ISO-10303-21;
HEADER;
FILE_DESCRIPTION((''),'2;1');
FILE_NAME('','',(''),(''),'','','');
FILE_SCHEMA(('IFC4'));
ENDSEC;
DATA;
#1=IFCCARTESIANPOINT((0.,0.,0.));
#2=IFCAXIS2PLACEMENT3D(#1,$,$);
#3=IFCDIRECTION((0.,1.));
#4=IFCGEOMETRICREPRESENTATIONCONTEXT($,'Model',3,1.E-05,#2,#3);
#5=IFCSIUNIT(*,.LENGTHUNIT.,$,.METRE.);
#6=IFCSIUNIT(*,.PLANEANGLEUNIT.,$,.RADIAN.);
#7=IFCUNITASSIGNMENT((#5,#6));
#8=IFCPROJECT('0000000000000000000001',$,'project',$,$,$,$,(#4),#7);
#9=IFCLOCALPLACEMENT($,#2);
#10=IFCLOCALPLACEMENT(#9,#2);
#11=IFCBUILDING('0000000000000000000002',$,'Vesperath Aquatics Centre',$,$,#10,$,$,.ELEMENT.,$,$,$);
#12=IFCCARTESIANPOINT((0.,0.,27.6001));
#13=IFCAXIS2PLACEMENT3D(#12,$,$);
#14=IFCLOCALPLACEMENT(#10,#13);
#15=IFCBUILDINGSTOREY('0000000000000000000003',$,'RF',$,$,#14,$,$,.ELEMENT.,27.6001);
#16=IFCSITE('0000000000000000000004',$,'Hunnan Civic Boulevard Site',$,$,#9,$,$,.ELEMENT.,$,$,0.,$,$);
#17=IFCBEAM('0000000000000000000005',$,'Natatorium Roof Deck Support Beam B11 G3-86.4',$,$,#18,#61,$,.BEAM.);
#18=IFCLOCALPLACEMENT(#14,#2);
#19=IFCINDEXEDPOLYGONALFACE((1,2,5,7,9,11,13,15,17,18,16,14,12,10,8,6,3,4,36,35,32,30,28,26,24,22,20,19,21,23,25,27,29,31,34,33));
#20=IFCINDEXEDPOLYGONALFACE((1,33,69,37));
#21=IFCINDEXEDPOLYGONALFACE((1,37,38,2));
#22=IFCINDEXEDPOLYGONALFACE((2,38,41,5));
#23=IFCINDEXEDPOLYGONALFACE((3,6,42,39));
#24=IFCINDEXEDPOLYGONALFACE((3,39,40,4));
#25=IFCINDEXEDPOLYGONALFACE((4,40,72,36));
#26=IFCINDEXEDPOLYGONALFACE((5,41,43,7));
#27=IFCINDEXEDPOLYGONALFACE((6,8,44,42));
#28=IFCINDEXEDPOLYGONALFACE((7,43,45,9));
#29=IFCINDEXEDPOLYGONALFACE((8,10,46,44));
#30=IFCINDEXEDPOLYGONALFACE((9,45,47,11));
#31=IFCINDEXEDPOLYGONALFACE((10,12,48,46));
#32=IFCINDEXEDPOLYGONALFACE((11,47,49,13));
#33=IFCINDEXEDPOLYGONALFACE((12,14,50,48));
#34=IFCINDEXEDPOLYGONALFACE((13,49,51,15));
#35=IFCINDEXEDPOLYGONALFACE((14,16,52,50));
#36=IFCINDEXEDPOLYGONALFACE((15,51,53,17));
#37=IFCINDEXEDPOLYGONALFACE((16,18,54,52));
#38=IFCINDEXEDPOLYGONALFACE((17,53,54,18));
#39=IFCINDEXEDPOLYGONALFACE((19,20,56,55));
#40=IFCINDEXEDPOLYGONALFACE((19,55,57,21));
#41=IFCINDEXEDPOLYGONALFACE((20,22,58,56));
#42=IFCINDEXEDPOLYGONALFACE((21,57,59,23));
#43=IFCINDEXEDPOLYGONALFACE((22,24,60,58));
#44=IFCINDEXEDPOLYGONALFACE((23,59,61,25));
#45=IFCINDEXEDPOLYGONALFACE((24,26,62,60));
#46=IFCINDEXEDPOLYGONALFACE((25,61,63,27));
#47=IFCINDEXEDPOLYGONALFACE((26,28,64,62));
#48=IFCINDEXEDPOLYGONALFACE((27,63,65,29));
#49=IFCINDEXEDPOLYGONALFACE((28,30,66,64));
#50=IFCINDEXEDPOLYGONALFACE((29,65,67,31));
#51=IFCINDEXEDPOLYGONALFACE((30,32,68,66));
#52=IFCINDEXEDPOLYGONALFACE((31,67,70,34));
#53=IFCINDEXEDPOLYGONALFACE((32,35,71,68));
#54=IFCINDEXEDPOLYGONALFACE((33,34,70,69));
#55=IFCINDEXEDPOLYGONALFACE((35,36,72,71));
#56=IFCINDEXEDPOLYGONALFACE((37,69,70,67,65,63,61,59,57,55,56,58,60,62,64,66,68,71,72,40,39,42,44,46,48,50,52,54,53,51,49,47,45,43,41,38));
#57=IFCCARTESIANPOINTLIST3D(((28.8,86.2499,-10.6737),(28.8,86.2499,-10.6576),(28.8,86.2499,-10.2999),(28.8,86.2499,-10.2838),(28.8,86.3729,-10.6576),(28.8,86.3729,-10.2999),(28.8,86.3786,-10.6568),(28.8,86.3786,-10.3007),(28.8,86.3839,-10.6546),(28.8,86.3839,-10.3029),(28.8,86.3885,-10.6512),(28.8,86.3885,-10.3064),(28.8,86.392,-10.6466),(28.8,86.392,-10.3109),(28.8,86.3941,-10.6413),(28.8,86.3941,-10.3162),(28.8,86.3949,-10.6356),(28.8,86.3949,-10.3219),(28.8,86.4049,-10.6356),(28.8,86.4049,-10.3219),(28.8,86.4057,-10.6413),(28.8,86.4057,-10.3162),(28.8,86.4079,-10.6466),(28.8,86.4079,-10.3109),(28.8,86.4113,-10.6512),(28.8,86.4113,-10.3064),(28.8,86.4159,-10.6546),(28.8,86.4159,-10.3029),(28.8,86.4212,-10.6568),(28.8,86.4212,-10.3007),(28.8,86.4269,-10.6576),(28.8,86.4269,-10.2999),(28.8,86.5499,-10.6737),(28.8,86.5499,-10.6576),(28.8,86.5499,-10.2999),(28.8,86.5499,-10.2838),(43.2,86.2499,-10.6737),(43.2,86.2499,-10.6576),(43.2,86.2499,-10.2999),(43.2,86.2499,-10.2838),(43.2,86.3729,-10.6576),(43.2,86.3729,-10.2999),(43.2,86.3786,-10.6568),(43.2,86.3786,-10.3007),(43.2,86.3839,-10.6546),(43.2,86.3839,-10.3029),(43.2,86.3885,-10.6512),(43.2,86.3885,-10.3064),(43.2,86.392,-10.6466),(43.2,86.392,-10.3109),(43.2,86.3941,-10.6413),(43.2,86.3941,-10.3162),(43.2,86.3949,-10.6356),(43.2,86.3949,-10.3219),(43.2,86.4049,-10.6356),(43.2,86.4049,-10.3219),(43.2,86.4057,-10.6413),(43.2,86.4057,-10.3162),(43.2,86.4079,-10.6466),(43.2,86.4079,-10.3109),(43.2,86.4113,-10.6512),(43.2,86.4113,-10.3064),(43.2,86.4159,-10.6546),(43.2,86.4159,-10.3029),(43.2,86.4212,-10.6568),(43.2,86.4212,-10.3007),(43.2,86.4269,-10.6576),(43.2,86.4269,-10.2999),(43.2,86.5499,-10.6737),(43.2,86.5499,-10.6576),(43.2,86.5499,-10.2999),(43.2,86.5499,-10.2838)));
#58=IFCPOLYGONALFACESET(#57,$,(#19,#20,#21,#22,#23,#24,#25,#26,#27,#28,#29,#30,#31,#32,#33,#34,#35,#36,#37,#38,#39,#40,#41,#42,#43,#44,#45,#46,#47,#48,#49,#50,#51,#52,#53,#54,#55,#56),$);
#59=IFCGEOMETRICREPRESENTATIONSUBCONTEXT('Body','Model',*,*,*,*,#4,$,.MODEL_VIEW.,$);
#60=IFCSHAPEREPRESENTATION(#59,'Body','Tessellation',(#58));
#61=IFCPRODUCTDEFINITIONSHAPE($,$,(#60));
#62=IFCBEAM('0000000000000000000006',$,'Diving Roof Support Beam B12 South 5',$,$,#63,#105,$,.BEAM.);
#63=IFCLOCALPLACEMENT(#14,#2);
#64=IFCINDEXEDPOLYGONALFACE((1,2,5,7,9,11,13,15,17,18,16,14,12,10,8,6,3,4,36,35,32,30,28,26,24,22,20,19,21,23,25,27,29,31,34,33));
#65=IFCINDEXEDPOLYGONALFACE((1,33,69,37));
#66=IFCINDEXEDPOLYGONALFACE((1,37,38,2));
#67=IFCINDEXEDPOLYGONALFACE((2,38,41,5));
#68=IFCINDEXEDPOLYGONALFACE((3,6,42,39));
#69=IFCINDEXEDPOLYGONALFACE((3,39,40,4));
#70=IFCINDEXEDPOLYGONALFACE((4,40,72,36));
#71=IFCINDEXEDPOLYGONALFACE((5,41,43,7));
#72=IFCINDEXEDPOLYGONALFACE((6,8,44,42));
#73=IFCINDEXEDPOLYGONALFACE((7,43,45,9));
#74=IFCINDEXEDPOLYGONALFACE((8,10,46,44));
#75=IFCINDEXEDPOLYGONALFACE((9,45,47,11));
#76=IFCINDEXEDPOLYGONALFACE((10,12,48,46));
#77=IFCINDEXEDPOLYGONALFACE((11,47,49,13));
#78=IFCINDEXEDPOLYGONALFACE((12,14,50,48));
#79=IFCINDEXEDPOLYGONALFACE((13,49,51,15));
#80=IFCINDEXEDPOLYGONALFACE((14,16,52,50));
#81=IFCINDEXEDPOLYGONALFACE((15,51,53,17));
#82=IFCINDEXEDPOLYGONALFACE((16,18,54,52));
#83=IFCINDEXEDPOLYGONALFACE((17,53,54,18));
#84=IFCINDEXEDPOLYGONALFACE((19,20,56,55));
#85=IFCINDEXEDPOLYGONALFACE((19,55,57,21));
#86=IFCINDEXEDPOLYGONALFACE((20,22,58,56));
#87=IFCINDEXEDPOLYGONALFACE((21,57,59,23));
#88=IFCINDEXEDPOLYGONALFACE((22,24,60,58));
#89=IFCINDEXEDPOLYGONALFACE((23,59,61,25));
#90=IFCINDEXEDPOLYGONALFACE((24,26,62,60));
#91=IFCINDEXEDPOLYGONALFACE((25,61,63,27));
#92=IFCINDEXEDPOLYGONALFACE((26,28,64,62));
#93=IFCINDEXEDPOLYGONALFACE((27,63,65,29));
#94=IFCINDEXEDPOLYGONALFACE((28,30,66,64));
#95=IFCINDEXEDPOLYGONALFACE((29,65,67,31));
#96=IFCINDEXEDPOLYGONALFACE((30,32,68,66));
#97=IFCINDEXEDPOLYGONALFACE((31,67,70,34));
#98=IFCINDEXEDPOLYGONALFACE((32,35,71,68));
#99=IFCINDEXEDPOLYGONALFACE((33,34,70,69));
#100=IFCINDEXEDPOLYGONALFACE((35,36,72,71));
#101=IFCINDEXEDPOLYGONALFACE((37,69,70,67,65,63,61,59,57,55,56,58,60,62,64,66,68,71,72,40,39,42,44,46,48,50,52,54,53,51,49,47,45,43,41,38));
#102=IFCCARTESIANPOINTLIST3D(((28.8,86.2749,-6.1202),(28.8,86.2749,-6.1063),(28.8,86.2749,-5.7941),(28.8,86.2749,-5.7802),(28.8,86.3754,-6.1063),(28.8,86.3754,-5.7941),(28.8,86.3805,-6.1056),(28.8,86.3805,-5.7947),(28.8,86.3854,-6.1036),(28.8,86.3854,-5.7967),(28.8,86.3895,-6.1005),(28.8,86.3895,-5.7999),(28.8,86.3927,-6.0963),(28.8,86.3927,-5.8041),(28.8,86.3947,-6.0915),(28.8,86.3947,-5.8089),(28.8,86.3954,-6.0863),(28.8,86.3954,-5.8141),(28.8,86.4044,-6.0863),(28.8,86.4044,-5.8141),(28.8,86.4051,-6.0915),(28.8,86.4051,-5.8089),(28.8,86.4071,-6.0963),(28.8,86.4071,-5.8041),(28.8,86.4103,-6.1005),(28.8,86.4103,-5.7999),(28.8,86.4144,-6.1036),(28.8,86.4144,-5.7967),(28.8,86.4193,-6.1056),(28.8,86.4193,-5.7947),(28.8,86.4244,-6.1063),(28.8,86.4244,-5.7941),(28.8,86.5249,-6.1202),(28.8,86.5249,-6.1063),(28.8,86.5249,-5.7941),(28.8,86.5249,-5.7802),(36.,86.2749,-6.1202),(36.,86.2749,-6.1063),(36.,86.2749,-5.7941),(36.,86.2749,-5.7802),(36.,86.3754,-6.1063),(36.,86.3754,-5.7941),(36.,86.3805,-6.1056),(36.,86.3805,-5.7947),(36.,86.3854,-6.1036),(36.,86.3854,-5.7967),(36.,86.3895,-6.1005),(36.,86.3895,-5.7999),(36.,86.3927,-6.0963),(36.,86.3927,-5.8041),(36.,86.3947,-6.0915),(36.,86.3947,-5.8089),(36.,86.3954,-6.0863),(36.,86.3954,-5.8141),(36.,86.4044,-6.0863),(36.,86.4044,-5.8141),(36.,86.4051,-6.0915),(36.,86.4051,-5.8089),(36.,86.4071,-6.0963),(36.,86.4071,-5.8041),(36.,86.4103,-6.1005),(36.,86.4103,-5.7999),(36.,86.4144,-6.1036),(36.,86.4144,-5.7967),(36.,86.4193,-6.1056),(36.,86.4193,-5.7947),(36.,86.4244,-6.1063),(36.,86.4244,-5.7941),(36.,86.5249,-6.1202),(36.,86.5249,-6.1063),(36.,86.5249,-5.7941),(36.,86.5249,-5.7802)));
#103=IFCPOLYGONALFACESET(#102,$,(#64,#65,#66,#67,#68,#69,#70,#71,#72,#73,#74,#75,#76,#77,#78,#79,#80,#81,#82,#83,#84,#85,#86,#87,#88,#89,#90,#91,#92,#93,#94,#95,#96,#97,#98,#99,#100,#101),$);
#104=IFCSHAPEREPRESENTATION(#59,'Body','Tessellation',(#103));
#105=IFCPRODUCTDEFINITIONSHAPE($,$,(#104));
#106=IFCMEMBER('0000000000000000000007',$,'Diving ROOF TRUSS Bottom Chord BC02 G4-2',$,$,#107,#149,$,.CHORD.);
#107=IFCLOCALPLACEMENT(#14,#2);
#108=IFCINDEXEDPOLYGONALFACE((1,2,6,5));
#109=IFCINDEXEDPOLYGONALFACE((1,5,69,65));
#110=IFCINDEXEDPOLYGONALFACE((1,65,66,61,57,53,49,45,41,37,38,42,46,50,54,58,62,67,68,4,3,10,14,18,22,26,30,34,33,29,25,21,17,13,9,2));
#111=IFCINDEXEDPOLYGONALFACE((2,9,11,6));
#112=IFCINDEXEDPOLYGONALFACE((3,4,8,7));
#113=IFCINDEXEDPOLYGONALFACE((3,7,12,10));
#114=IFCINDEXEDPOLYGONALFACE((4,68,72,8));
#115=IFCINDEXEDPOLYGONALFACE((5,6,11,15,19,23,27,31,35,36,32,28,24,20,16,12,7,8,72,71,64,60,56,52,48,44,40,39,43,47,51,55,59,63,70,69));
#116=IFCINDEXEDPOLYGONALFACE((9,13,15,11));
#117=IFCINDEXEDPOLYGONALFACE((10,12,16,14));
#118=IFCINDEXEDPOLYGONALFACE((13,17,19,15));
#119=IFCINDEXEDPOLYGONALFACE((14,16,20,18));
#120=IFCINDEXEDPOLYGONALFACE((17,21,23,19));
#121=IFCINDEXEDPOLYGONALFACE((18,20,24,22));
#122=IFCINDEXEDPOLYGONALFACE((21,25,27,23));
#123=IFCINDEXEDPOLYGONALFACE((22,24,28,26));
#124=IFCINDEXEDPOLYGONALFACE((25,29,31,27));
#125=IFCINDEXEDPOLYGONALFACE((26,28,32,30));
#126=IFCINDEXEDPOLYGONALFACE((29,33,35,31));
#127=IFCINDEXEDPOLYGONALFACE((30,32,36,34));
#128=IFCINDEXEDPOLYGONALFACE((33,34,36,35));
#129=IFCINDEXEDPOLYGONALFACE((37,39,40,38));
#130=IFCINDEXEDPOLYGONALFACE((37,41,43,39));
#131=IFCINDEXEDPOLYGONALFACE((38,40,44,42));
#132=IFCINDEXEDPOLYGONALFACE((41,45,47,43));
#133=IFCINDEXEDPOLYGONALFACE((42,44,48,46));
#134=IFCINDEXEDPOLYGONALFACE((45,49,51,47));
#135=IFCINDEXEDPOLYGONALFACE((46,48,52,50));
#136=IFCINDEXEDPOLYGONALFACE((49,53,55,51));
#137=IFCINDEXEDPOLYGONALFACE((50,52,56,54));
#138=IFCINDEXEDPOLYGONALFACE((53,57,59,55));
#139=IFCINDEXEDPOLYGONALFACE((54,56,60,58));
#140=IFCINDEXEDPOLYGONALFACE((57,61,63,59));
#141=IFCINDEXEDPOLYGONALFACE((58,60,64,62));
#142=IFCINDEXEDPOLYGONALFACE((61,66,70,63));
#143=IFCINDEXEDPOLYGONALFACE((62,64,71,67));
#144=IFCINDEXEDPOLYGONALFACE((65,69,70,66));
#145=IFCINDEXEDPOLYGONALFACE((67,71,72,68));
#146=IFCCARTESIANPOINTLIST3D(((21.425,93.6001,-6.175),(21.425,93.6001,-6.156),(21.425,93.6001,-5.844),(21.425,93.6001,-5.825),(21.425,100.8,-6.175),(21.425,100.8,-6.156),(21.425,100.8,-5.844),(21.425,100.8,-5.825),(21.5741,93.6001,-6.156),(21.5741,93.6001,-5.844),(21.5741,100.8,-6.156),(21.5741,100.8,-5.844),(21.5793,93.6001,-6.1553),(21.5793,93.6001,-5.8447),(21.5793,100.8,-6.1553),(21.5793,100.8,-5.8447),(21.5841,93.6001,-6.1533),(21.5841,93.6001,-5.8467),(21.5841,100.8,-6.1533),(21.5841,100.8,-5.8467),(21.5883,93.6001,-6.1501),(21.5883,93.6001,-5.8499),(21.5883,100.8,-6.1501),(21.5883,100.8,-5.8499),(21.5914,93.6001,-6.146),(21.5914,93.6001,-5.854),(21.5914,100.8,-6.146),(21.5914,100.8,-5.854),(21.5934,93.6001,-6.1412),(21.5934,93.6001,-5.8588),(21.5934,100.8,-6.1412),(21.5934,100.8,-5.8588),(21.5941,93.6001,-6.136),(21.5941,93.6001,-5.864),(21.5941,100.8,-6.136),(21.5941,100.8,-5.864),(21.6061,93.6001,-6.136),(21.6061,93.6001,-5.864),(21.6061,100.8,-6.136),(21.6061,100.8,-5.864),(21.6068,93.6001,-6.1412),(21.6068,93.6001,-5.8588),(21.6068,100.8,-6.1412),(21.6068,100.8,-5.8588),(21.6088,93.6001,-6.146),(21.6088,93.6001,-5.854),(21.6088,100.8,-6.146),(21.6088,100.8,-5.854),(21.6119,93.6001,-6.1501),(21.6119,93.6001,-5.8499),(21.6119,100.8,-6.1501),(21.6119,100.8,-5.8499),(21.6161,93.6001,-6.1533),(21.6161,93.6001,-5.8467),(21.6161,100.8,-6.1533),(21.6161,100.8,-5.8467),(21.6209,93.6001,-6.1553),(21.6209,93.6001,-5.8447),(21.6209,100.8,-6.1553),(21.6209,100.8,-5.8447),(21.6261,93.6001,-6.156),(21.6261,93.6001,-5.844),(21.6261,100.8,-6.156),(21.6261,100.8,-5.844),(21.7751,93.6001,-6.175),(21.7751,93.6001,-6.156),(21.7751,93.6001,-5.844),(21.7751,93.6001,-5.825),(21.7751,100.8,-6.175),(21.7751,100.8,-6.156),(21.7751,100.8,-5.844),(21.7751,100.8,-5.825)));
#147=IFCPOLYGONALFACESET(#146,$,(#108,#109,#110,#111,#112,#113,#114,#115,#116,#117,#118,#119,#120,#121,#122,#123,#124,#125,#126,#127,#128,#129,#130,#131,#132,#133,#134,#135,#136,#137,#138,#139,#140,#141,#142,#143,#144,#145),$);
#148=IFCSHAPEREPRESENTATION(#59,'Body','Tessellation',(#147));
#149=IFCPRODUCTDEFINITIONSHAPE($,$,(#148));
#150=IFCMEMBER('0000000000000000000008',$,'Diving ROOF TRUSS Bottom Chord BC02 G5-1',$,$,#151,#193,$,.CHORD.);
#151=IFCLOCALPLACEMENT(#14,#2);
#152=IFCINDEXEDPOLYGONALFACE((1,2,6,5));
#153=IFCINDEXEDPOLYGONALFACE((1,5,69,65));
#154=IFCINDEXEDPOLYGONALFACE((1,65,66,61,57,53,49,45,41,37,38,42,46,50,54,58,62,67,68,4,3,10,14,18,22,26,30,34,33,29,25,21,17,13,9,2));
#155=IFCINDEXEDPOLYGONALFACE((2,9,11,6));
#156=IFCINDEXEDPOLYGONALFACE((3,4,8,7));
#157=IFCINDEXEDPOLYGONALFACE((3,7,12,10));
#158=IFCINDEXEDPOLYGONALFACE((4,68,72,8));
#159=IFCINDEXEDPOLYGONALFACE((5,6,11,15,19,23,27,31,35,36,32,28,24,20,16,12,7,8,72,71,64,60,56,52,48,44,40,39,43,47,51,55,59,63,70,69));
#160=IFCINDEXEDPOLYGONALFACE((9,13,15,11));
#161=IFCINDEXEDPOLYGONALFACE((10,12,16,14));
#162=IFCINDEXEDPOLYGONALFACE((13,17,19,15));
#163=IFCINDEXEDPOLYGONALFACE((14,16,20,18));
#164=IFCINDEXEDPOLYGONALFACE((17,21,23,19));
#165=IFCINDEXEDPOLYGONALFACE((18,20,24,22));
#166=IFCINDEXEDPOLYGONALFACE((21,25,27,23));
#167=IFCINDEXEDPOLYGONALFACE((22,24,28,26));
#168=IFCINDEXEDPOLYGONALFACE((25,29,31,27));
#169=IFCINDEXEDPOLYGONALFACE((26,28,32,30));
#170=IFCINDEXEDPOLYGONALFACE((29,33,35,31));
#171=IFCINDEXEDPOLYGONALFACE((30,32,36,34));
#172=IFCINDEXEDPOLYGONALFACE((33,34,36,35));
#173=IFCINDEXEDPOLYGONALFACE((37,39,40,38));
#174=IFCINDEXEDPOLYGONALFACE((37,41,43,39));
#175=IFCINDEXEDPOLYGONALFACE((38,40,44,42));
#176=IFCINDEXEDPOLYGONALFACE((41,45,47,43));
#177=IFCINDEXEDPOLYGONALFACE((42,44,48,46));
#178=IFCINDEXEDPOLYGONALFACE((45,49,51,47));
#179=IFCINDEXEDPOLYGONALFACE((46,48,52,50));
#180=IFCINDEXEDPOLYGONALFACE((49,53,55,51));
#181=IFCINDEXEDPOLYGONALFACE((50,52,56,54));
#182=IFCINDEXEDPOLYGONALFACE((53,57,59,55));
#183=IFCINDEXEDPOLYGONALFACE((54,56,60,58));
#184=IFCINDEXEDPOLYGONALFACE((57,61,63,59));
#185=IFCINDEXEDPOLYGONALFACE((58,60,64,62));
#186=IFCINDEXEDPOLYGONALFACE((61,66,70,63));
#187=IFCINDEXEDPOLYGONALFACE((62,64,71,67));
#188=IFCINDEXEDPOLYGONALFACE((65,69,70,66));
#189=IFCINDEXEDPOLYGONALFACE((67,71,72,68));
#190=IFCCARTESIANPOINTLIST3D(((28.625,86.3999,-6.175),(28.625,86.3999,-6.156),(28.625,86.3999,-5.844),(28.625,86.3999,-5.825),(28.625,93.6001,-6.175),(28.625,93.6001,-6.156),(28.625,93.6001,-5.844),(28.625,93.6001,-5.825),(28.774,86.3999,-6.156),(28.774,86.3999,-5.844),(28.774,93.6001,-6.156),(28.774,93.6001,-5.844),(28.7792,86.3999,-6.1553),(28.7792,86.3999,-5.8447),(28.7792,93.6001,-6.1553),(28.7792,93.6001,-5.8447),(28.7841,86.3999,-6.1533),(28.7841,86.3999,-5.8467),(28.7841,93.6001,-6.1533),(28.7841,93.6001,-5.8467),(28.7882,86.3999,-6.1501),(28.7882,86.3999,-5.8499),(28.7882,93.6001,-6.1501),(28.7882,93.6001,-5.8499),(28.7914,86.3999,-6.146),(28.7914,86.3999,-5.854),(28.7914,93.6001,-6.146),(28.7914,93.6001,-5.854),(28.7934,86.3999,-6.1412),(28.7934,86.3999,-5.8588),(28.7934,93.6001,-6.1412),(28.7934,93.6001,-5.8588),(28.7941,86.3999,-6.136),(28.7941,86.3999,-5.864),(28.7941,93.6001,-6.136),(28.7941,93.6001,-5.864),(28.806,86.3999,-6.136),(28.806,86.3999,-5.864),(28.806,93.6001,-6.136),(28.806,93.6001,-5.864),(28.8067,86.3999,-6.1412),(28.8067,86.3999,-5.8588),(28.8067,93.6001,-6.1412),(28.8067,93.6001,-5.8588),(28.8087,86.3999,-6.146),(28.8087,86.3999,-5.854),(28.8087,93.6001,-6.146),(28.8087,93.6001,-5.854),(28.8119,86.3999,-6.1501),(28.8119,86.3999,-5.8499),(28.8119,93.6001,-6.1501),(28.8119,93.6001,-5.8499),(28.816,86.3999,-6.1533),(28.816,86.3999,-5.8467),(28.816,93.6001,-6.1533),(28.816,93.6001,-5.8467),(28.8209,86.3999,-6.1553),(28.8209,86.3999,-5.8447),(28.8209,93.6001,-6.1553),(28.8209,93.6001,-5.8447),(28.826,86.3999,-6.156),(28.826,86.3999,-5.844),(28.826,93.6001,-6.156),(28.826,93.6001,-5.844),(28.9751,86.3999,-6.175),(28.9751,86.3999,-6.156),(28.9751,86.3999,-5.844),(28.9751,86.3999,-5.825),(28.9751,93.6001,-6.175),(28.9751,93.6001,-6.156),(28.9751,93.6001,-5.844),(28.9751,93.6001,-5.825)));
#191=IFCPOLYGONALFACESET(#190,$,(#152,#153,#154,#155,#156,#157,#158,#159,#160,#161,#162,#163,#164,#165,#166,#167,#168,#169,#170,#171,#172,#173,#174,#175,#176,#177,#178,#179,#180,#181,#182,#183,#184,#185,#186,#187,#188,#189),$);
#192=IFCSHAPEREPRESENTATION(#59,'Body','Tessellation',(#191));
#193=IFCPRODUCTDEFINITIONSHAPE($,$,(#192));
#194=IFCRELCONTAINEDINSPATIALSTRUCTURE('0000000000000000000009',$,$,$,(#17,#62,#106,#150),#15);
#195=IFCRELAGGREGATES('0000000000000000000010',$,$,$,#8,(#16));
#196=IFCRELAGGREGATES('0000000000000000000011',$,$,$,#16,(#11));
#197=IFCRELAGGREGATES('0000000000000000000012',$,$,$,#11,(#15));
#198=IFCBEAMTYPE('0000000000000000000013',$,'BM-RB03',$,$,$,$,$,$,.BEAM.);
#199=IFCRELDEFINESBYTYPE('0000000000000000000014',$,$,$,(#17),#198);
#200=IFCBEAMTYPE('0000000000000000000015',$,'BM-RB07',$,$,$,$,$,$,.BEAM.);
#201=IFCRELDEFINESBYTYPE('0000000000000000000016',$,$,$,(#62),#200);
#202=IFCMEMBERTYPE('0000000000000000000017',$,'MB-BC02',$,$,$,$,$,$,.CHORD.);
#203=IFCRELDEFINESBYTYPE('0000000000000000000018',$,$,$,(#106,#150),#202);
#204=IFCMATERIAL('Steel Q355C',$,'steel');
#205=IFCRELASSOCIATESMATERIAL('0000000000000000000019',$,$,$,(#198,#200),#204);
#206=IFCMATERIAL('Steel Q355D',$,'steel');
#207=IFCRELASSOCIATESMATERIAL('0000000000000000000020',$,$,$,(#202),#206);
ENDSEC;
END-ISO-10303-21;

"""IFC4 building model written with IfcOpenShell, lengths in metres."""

from ifc_helpers import new_model, si_unit, direction, frame, origin, origin_2d, place, context, subcontext, project, spatial, i_section, extrude, material, material_profile, profile_set, type_object, element, save


model = new_model("IFC4")

# Units and contexts
model_context = context("Model", 3, precision=1e-05, world=origin(), true_north=direction((0.0, 1.0)))
body_context = subcontext(model_context, "Body", "Model", "MODEL_VIEW")
ifc_project = project(units=[si_unit("LENGTHUNIT", "METRE"), si_unit("PLANEANGLEUNIT", "RADIAN")], contexts=[model_context])

# Site, building, storey
site_placement = place(None, origin())
site = spatial("IfcSite", under=ifc_project, at=site_placement, Name="Hunnan Civic Boulevard Site", CompositionType="ELEMENT", RefElevation=0.0)
building_placement = place(site_placement, origin())
building = spatial("IfcBuilding", under=site, at=building_placement, Name="Vesperath Aquatics Centre", CompositionType="ELEMENT")
storey_placement = place(building_placement, frame((0.0, 0.0, 27.6001)))
storey = spatial("IfcBuildingStorey", under=building, at=storey_placement, Name="RF", CompositionType="ELEMENT", Elevation=27.6001)

# Beams
ifc_material_1 = material(Name="Steel Q355C", Category="steel")
ifc_material_profile_1 = material_profile(ifc_material_1, i_section(OverallWidth=0.3, OverallDepth=0.3899, WebThickness=0.01, FlangeThickness=0.0161, FilletRadius=0.022, at=origin_2d()), Name="HM 390x300x10x16")
ifc_profile_set_1 = profile_set([ifc_material_profile_1], Name="Steel Q355C")
beam_type_1 = type_object("IfcBeamType", Name="BM-RB03", PredefinedType="BEAM", material=ifc_profile_set_1)
beam_1_placement = place(storey_placement, frame((28.8, 86.3999, -10.4788), z_axis=(1.0, 0.0, 0.0), x_axis=(0.0, 1.0, 0.0)))
element("IfcBeam", 1, at=beam_1_placement, inside=storey, type_object=beam_type_1, Name="Natatorium Roof Deck Support Beam B11 G3-86.4", PredefinedType="BEAM", context=body_context, shape_type="SweptSolid", body=[
    extrude(i_section(OverallWidth=0.3, OverallDepth=0.3899, WebThickness=0.01, FlangeThickness=0.0161, FilletRadius=0.022, at=origin_2d()), origin(), (0.0, 0.0, 1.0), 14.3999),
])
ifc_material_profile_2 = material_profile(ifc_material_1, i_section(OverallWidth=0.25, OverallDepth=0.3401, WebThickness=0.009, FlangeThickness=0.0139, FilletRadius=0.02, at=origin_2d()), Name="HM 340x250x9x14")
ifc_profile_set_2 = profile_set([ifc_material_profile_2], Name="Steel Q355C")
beam_type_2 = type_object("IfcBeamType", Name="BM-RB07", PredefinedType="BEAM", material=ifc_profile_set_2)
beam_2_placement = place(storey_placement, frame((28.8, 86.3999, -5.9502), z_axis=(1.0, 0.0, 0.0), x_axis=(0.0, 1.0, 0.0)))
element("IfcBeam", 2, at=beam_2_placement, inside=storey, type_object=beam_type_2, Name="Diving Roof Support Beam B12 South 5", PredefinedType="BEAM", context=body_context, shape_type="SweptSolid", body=[
    extrude(i_section(OverallWidth=0.25, OverallDepth=0.3401, WebThickness=0.009, FlangeThickness=0.0139, FilletRadius=0.02, at=origin_2d()), origin(), (0.0, 0.0, 1.0), 7.2),
])

# Members
ifc_material_2 = material(Name="Steel Q355D", Category="steel")
ifc_material_profile_3 = material_profile(ifc_material_2, i_section(OverallWidth=0.3501, OverallDepth=0.3501, WebThickness=0.012, FlangeThickness=0.019, FilletRadius=0.02, at=origin_2d()), Name="HW 350x350x12x19")
ifc_profile_set_3 = profile_set([ifc_material_profile_3], Name="Steel Q355D")
member_type_1 = type_object("IfcMemberType", Name="MB-BC02", PredefinedType="CHORD", material=ifc_profile_set_3)
member_1_placement = place(storey_placement, frame((21.6001, 93.6001, -6.0), z_axis=(0.0, 1.0, 0.0), x_axis=(-1.0, 0.0, 0.0)))
element("IfcMember", 3, at=member_1_placement, inside=storey, type_object=member_type_1, Name="Diving ROOF TRUSS Bottom Chord BC02 G4-2", PredefinedType="CHORD", context=body_context, shape_type="SweptSolid", body=[
    extrude(i_section(OverallWidth=0.3501, OverallDepth=0.3501, WebThickness=0.012, FlangeThickness=0.019, FilletRadius=0.02, at=origin_2d()), origin(), (0.0, 0.0, 1.0), 7.2),
])
member_2_placement = place(storey_placement, frame((28.8, 86.3999, -6.0), z_axis=(0.0, 1.0, 0.0), x_axis=(-1.0, 0.0, 0.0)))
element("IfcMember", 4, at=member_2_placement, inside=storey, type_object=member_type_1, Name="Diving ROOF TRUSS Bottom Chord BC02 G5-1", PredefinedType="CHORD", context=body_context, shape_type="SweptSolid", body=[
    extrude(i_section(OverallWidth=0.3501, OverallDepth=0.3501, WebThickness=0.012, FlangeThickness=0.019, FilletRadius=0.02, at=origin_2d()), origin(), (0.0, 0.0, 1.0), 7.2002),
])

save(model, "model.ifc")
